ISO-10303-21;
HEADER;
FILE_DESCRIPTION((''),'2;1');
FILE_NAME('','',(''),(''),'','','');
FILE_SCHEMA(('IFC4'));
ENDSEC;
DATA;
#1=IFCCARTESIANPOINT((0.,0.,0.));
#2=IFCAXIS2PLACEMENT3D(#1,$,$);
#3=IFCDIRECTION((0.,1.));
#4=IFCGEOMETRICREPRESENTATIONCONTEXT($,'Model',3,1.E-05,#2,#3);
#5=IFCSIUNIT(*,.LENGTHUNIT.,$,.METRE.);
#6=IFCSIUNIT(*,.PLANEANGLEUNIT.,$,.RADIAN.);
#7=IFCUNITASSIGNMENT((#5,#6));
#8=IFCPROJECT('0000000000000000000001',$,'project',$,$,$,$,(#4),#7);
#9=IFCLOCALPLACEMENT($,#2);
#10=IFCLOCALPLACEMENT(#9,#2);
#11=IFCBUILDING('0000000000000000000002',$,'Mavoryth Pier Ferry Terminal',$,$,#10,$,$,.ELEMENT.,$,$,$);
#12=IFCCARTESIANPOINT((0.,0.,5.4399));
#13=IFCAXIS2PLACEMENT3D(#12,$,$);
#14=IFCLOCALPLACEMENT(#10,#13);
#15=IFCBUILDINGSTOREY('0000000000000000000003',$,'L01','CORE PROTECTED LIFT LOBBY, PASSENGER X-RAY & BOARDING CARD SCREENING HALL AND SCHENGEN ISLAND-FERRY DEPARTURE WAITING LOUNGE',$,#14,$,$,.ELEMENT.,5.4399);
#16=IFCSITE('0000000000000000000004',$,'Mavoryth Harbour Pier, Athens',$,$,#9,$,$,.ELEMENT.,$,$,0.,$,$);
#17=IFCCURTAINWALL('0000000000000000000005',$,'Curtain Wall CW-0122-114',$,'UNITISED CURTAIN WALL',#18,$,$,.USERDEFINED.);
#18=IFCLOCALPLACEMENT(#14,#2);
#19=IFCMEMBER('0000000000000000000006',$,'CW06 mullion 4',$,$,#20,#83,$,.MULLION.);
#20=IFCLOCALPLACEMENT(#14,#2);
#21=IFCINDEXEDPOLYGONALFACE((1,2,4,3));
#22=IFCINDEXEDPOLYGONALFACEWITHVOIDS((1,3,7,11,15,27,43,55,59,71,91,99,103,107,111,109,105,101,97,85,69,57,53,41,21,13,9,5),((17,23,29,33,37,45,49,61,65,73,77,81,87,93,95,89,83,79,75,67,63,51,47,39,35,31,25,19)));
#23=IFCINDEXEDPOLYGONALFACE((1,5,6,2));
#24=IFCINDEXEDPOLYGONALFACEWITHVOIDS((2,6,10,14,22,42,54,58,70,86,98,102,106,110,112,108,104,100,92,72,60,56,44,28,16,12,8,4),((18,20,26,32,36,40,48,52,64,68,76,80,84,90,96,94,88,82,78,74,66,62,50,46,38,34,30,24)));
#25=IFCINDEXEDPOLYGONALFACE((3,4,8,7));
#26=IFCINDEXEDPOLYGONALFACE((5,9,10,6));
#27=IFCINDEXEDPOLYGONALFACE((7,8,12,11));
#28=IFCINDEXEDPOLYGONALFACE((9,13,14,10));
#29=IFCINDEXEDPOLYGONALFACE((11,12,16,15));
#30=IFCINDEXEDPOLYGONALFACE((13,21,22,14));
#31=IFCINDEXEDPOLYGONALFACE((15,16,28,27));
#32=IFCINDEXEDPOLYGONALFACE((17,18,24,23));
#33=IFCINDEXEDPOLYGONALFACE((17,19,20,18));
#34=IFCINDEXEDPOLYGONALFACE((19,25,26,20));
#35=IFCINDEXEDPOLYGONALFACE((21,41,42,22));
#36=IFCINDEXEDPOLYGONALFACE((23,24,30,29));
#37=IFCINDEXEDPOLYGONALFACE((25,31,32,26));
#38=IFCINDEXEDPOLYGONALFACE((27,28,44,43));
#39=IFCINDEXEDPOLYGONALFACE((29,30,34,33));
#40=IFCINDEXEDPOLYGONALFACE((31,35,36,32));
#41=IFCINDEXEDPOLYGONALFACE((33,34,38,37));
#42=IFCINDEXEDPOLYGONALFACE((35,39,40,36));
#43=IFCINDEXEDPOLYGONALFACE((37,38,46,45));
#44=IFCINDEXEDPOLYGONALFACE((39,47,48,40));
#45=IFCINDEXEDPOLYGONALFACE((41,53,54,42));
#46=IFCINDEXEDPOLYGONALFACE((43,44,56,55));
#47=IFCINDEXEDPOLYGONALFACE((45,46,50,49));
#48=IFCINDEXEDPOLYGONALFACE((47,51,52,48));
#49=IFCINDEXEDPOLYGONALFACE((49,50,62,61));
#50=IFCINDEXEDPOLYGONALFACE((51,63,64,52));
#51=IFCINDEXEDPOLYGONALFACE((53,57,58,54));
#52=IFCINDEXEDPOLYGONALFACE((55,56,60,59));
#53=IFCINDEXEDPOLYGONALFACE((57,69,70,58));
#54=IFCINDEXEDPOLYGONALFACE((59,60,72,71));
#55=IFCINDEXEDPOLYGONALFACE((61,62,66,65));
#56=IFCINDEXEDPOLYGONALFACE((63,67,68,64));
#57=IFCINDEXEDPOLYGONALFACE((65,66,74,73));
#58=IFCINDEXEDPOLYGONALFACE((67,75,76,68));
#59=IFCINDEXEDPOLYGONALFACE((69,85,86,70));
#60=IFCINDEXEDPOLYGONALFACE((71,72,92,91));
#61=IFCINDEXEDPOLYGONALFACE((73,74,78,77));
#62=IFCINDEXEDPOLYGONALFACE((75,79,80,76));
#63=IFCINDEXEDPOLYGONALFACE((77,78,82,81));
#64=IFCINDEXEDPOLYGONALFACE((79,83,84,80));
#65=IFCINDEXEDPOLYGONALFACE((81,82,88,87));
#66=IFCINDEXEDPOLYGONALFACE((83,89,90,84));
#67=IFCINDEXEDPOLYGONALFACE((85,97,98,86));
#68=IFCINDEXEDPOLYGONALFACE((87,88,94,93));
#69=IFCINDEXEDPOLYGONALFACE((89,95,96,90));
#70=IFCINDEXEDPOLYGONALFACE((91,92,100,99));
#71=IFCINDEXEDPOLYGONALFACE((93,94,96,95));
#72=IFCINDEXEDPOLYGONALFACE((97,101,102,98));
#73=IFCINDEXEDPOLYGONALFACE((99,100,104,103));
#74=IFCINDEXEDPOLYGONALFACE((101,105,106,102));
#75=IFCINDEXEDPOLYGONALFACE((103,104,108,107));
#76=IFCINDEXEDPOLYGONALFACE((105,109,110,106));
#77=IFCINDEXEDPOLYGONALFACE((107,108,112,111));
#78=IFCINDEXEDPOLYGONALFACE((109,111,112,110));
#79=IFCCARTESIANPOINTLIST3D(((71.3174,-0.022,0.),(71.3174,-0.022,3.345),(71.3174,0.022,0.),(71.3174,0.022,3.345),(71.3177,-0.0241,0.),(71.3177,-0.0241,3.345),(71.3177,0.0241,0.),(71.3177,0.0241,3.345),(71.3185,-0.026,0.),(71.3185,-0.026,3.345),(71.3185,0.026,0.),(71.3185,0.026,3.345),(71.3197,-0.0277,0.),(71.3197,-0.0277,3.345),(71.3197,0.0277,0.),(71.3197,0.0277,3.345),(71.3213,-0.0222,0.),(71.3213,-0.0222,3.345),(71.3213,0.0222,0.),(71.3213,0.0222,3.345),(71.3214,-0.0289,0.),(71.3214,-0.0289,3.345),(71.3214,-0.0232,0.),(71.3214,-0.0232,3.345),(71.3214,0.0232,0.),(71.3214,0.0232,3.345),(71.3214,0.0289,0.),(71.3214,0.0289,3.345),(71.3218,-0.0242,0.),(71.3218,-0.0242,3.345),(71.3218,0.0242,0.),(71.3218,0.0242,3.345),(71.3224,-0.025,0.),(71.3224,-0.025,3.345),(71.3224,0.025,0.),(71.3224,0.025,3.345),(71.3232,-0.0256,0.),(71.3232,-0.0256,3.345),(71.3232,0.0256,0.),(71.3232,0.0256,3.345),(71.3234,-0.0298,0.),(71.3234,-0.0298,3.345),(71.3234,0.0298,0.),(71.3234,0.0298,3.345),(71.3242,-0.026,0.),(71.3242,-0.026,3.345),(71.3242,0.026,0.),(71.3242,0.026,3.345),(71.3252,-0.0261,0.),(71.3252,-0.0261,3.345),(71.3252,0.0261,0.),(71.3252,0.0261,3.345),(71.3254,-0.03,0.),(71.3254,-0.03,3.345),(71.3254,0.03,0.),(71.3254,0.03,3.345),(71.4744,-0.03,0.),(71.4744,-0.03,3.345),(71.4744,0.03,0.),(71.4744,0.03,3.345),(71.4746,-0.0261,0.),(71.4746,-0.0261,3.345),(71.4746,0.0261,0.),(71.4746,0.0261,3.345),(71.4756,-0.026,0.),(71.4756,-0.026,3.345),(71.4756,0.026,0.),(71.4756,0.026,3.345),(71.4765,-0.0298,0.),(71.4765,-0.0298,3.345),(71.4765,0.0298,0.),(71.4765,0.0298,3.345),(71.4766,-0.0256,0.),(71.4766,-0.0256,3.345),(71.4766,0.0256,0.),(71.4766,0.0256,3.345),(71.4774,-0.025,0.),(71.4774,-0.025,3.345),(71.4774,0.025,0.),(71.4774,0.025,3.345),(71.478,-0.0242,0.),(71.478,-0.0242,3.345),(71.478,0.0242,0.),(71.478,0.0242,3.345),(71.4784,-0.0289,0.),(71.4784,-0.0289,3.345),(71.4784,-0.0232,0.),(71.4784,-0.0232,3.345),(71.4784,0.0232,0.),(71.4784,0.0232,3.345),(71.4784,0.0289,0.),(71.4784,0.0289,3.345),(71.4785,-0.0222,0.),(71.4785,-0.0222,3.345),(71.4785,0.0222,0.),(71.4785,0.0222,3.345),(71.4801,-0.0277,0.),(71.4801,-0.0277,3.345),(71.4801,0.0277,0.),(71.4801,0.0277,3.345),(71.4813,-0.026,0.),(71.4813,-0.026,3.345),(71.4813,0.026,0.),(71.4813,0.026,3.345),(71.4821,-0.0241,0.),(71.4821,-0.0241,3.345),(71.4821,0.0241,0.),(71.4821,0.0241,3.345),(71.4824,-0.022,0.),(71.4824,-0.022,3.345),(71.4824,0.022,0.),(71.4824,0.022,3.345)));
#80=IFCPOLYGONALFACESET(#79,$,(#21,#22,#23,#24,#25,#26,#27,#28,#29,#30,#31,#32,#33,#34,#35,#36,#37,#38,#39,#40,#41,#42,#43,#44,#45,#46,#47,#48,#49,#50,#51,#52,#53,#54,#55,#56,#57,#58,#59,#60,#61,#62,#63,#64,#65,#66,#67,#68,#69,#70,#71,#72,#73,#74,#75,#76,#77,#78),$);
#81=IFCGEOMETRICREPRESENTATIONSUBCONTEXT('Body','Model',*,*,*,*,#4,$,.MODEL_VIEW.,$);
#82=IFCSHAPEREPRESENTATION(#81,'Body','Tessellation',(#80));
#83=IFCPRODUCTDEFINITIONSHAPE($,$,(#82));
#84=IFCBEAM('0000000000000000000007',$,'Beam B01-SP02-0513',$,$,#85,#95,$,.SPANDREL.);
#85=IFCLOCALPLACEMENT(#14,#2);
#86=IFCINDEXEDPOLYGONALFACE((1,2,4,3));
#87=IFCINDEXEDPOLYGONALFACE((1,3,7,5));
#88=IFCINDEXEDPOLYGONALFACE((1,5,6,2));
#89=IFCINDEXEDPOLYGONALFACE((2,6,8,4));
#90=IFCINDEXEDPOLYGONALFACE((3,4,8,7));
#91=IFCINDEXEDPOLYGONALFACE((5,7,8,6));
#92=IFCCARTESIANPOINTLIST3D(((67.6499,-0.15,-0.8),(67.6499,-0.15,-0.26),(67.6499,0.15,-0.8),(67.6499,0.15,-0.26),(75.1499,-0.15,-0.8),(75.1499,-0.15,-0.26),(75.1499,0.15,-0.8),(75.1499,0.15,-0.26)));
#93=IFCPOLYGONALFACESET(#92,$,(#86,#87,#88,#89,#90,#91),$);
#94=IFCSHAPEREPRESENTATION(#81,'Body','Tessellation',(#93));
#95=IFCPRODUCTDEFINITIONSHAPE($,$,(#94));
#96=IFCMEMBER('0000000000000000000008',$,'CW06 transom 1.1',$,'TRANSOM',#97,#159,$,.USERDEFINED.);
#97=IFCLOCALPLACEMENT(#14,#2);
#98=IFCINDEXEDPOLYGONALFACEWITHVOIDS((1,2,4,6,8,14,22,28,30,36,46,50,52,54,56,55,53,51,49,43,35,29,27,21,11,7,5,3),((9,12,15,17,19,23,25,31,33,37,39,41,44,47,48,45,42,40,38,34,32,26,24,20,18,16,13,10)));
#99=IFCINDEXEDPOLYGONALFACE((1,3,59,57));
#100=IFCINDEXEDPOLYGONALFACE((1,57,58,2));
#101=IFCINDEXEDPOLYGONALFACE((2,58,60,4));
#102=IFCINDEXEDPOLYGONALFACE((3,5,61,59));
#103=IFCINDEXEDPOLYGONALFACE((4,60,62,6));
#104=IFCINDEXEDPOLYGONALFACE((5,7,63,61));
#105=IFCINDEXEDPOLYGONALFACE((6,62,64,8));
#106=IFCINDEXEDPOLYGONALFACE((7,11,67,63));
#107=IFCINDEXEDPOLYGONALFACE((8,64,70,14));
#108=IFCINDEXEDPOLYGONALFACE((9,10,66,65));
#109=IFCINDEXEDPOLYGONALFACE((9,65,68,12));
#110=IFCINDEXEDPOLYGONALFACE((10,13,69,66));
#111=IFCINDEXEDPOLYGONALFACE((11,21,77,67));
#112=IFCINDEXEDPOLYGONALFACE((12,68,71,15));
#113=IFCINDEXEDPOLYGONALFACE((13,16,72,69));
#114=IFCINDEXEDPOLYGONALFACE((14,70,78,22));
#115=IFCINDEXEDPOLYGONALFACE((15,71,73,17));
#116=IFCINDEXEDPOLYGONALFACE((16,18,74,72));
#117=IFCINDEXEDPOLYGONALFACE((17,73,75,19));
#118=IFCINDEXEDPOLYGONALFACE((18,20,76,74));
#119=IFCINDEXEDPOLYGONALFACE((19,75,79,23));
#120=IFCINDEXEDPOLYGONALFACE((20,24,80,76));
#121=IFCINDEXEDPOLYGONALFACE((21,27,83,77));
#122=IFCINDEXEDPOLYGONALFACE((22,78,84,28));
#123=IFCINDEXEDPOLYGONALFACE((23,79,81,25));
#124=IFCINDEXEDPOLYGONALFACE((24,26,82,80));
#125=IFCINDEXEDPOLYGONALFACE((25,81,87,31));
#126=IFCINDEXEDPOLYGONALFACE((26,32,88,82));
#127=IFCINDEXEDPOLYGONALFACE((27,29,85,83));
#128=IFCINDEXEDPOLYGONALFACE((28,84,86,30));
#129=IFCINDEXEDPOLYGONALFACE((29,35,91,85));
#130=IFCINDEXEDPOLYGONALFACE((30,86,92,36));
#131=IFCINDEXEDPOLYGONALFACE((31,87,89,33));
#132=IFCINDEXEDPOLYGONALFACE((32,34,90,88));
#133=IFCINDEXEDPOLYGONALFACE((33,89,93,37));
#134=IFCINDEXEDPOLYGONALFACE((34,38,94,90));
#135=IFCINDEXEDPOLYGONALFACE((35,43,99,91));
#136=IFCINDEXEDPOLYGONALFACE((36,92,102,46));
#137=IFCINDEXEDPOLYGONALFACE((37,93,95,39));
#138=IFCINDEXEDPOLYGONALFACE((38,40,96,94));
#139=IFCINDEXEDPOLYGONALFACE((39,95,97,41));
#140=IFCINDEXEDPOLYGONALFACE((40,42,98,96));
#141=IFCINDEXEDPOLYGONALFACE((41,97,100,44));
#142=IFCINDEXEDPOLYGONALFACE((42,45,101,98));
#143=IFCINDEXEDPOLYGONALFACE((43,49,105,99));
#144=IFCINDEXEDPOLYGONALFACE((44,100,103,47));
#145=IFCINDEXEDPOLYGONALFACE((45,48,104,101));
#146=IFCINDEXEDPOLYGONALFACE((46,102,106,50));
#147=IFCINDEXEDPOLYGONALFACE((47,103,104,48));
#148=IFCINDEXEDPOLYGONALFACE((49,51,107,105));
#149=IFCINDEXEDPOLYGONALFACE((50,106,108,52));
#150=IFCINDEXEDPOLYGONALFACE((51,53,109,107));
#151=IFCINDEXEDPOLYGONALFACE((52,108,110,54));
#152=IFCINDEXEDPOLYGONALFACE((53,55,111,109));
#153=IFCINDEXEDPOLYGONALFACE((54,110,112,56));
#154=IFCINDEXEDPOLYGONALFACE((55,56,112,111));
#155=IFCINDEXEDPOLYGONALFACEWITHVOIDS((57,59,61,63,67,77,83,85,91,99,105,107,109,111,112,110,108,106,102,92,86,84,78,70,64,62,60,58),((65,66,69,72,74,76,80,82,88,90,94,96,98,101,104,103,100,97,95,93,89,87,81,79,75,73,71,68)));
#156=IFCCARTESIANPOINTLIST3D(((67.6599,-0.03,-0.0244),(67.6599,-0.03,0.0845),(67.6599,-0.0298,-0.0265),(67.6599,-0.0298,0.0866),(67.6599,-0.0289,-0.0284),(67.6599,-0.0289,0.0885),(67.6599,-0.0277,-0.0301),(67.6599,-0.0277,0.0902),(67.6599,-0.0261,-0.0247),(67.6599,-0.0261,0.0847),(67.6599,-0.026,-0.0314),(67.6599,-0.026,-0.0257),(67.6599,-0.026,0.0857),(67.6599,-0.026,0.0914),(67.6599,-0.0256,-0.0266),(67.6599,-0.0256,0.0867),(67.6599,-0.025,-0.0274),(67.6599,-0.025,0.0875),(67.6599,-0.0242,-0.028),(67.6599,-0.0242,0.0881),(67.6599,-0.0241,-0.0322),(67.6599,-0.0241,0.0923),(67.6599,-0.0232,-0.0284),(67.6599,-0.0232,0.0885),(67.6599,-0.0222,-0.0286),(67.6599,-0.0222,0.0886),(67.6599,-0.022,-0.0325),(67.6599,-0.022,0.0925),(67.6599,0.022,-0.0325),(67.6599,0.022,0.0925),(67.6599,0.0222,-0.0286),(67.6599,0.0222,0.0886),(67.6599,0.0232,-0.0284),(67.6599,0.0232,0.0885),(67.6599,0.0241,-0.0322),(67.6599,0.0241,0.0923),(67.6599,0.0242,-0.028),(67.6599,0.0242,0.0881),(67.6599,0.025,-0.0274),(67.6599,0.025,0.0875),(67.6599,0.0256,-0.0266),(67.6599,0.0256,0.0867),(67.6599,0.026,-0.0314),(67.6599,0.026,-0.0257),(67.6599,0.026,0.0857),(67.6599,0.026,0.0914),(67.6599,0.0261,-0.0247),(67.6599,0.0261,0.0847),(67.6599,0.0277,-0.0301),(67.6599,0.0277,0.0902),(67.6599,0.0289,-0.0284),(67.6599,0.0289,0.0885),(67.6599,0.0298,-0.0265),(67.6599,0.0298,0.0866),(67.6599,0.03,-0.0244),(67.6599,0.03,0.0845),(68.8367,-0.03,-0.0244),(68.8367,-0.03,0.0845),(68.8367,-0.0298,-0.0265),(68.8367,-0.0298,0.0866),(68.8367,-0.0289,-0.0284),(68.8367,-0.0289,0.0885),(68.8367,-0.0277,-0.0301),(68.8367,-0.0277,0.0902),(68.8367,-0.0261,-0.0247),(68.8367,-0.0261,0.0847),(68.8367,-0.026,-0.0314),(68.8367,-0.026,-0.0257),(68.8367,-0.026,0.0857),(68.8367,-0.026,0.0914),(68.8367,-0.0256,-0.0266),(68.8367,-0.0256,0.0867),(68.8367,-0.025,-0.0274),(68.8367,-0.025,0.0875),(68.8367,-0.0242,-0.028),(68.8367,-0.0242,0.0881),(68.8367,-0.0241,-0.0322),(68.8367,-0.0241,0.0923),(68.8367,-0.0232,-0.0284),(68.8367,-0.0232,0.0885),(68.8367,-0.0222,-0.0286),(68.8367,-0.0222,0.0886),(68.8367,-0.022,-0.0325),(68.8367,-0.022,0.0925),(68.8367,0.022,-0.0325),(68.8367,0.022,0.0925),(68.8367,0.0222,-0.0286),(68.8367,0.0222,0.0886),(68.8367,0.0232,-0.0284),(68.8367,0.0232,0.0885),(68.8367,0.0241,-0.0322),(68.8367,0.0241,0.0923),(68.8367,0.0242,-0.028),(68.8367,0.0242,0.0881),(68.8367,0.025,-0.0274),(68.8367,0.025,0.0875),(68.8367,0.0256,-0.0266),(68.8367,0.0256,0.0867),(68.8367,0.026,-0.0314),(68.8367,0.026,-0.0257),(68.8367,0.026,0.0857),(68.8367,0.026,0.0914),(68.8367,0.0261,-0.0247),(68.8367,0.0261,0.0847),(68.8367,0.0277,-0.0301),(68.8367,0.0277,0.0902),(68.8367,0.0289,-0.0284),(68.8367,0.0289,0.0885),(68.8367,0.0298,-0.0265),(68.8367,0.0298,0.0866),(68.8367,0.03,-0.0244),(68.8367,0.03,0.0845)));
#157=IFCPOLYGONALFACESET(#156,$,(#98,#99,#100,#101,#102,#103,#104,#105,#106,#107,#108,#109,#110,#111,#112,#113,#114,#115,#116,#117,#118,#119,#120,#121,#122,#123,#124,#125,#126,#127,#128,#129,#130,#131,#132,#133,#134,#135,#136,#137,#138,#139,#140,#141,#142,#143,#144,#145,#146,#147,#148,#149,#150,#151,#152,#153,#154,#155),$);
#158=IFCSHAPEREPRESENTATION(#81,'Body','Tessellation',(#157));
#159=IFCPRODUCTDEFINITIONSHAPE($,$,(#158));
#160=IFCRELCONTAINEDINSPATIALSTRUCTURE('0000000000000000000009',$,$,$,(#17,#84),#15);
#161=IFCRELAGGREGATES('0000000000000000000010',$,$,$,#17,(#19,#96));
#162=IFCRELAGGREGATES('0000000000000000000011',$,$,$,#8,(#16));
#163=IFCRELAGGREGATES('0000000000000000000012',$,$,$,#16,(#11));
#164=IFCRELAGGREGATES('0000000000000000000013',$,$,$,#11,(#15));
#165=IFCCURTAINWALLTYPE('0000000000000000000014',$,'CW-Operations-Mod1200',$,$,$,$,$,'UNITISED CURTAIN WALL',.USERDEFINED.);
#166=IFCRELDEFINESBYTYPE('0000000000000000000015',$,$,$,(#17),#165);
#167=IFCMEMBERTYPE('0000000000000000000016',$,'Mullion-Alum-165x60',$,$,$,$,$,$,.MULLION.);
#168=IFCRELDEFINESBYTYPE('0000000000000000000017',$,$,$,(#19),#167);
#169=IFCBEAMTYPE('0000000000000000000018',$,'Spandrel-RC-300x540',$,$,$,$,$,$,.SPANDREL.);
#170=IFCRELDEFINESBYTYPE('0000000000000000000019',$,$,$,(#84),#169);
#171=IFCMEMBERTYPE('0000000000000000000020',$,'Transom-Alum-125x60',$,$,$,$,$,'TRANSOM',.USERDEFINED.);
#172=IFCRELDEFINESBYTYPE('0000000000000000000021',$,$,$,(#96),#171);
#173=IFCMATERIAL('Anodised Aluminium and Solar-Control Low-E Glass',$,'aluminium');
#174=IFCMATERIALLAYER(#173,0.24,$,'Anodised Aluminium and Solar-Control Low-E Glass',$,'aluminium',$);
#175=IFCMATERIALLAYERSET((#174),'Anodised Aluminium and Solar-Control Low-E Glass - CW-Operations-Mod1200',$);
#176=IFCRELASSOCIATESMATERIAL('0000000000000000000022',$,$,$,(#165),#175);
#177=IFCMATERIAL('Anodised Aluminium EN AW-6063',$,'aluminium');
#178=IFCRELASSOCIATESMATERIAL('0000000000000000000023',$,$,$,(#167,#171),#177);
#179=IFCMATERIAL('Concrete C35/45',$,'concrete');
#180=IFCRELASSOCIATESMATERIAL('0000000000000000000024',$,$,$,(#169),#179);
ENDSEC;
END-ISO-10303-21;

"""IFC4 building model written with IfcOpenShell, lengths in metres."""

from ifc_helpers import new_model, si_unit, direction, frame, origin, origin_2d, place, context, subcontext, project, spatial, rectangle, hollow_rectangle, extrude, material, layer, layer_set, material_profile, profile_set, type_object, element, aggregate, save


model = new_model("IFC4")

# Units and contexts
model_context = context("Model", 3, precision=1e-05, world=origin(), true_north=direction((0.0, 1.0)))
body_context = subcontext(model_context, "Body", "Model", "MODEL_VIEW")
ifc_project = project(units=[si_unit("LENGTHUNIT", "METRE"), si_unit("PLANEANGLEUNIT", "RADIAN")], contexts=[model_context])

# Site, building, storey
site_placement = place(None, origin())
site = spatial("IfcSite", under=ifc_project, at=site_placement, Name="Mavoryth Harbour Pier, Athens", CompositionType="ELEMENT", RefElevation=0.0)
building_placement = place(site_placement, origin())
building = spatial("IfcBuilding", under=site, at=building_placement, Name="Mavoryth Pier Ferry Terminal", CompositionType="ELEMENT")
storey_placement = place(building_placement, frame((0.0, 0.0, 5.4399)))
storey = spatial("IfcBuildingStorey", under=building, at=storey_placement, Name="L01", Description="CORE PROTECTED LIFT LOBBY, PASSENGER X-RAY & BOARDING CARD SCREENING HALL AND SCHENGEN ISLAND-FERRY DEPARTURE WAITING LOUNGE", CompositionType="ELEMENT", Elevation=5.4399)

# Shared definitions
ifc_material_1 = material(Name="Concrete C35/45", Category="concrete")

# Curtain wall, member
ifc_material_2 = material(Name="Anodised Aluminium and Solar-Control Low-E Glass", Category="aluminium")
ifc_layer_1 = layer(ifc_material_2, 0.24, Name="Anodised Aluminium and Solar-Control Low-E Glass", Category="aluminium")
ifc_layer_set_1 = layer_set([ifc_layer_1], Name="Anodised Aluminium and Solar-Control Low-E Glass - CW-Operations-Mod1200")
curtain_wall_type = type_object("IfcCurtainWallType", Name="CW-Operations-Mod1200", ElementType="UNITISED CURTAIN WALL", PredefinedType="USERDEFINED", material=ifc_layer_set_1)
curtain_wall_placement = place(storey_placement, origin())
curtain_wall = element("IfcCurtainWall", 1, at=curtain_wall_placement, inside=storey, type_object=curtain_wall_type, Name="Curtain Wall CW-0122-114", ObjectType="UNITISED CURTAIN WALL", PredefinedType="USERDEFINED")
ifc_material_3 = material(Name="Anodised Aluminium EN AW-6063", Category="aluminium")
ifc_material_profile_1 = material_profile(ifc_material_3, hollow_rectangle(XDim=0.0601, YDim=0.165, WallThickness=0.0039, InnerFilletRadius=0.0039, OuterFilletRadius=0.0081, at=origin_2d()), Name="AL-MULL 165x60x4", Category="aluminium")
ifc_profile_set_1 = profile_set([ifc_material_profile_1], Name="Anodised Aluminium EN AW-6063 - AL-MULL 165x60x4")
member_type_1 = type_object("IfcMemberType", Name="Mullion-Alum-165x60", PredefinedType="MULLION", material=ifc_profile_set_1)
member_1_placement = place(storey_placement, frame((71.3999, 0.0, 0.0), z_axis=(0.0, 0.0, 1.0), x_axis=(0.0, 1.0, 0.0)))
member_1 = element("IfcMember", 2, at=member_1_placement, type_object=member_type_1, Name="CW06 mullion 4", PredefinedType="MULLION", context=body_context, shape_type="SweptSolid", body=[
    extrude(hollow_rectangle(XDim=0.0601, YDim=0.165, WallThickness=0.0039, InnerFilletRadius=0.0039, OuterFilletRadius=0.0081, at=origin_2d()), origin(), (0.0, 0.0, 1.0), 3.345),
])

# Beam
ifc_material_profile_2 = material_profile(ifc_material_1, rectangle(XDim=0.3, YDim=0.54, at=origin_2d()), Name="RC 300x540", Category="concrete")
ifc_profile_set_2 = profile_set([ifc_material_profile_2], Name="Concrete C35/45 - RC 300x540")
beam_type_1 = type_object("IfcBeamType", Name="Spandrel-RC-300x540", PredefinedType="SPANDREL", material=ifc_profile_set_2)
beam_1_placement = place(storey_placement, frame((67.6499, 0.0, -0.53), z_axis=(1.0, 0.0, 0.0), x_axis=(0.0, 1.0, 0.0)))
element("IfcBeam", 3, at=beam_1_placement, inside=storey, type_object=beam_type_1, Name="Beam B01-SP02-0513", PredefinedType="SPANDREL", context=body_context, shape_type="SweptSolid", body=[
    extrude(rectangle(XDim=0.3, YDim=0.54, at=origin_2d()), origin(), (0.0, 0.0, 1.0), 7.5),
])

# Member
ifc_material_profile_3 = material_profile(ifc_material_3, hollow_rectangle(XDim=0.0601, YDim=0.125, WallThickness=0.0039, InnerFilletRadius=0.0039, OuterFilletRadius=0.0081, at=origin_2d()), Name="AL-TRAN 125x60x4", Category="aluminium")
ifc_profile_set_3 = profile_set([ifc_material_profile_3], Name="Anodised Aluminium EN AW-6063 - AL-TRAN 125x60x4")
member_type_2 = type_object("IfcMemberType", Name="Transom-Alum-125x60", ElementType="TRANSOM", PredefinedType="USERDEFINED", material=ifc_profile_set_3)
member_2_placement = place(storey_placement, frame((67.6599, 0.0, 0.03), z_axis=(1.0, 0.0, 0.0), x_axis=(0.0, 1.0, 0.0)))
member_2 = element("IfcMember", 4, at=member_2_placement, type_object=member_type_2, Name="CW06 transom 1.1", ObjectType="TRANSOM", PredefinedType="USERDEFINED", context=body_context, shape_type="SweptSolid", body=[
    extrude(hollow_rectangle(XDim=0.0601, YDim=0.125, WallThickness=0.0039, InnerFilletRadius=0.0039, OuterFilletRadius=0.0081, at=origin_2d()), origin(), (0.0, 0.0, 1.0), 1.1768),
])

aggregate(curtain_wall, [member_1, member_2])

save(model, "model.ifc")
